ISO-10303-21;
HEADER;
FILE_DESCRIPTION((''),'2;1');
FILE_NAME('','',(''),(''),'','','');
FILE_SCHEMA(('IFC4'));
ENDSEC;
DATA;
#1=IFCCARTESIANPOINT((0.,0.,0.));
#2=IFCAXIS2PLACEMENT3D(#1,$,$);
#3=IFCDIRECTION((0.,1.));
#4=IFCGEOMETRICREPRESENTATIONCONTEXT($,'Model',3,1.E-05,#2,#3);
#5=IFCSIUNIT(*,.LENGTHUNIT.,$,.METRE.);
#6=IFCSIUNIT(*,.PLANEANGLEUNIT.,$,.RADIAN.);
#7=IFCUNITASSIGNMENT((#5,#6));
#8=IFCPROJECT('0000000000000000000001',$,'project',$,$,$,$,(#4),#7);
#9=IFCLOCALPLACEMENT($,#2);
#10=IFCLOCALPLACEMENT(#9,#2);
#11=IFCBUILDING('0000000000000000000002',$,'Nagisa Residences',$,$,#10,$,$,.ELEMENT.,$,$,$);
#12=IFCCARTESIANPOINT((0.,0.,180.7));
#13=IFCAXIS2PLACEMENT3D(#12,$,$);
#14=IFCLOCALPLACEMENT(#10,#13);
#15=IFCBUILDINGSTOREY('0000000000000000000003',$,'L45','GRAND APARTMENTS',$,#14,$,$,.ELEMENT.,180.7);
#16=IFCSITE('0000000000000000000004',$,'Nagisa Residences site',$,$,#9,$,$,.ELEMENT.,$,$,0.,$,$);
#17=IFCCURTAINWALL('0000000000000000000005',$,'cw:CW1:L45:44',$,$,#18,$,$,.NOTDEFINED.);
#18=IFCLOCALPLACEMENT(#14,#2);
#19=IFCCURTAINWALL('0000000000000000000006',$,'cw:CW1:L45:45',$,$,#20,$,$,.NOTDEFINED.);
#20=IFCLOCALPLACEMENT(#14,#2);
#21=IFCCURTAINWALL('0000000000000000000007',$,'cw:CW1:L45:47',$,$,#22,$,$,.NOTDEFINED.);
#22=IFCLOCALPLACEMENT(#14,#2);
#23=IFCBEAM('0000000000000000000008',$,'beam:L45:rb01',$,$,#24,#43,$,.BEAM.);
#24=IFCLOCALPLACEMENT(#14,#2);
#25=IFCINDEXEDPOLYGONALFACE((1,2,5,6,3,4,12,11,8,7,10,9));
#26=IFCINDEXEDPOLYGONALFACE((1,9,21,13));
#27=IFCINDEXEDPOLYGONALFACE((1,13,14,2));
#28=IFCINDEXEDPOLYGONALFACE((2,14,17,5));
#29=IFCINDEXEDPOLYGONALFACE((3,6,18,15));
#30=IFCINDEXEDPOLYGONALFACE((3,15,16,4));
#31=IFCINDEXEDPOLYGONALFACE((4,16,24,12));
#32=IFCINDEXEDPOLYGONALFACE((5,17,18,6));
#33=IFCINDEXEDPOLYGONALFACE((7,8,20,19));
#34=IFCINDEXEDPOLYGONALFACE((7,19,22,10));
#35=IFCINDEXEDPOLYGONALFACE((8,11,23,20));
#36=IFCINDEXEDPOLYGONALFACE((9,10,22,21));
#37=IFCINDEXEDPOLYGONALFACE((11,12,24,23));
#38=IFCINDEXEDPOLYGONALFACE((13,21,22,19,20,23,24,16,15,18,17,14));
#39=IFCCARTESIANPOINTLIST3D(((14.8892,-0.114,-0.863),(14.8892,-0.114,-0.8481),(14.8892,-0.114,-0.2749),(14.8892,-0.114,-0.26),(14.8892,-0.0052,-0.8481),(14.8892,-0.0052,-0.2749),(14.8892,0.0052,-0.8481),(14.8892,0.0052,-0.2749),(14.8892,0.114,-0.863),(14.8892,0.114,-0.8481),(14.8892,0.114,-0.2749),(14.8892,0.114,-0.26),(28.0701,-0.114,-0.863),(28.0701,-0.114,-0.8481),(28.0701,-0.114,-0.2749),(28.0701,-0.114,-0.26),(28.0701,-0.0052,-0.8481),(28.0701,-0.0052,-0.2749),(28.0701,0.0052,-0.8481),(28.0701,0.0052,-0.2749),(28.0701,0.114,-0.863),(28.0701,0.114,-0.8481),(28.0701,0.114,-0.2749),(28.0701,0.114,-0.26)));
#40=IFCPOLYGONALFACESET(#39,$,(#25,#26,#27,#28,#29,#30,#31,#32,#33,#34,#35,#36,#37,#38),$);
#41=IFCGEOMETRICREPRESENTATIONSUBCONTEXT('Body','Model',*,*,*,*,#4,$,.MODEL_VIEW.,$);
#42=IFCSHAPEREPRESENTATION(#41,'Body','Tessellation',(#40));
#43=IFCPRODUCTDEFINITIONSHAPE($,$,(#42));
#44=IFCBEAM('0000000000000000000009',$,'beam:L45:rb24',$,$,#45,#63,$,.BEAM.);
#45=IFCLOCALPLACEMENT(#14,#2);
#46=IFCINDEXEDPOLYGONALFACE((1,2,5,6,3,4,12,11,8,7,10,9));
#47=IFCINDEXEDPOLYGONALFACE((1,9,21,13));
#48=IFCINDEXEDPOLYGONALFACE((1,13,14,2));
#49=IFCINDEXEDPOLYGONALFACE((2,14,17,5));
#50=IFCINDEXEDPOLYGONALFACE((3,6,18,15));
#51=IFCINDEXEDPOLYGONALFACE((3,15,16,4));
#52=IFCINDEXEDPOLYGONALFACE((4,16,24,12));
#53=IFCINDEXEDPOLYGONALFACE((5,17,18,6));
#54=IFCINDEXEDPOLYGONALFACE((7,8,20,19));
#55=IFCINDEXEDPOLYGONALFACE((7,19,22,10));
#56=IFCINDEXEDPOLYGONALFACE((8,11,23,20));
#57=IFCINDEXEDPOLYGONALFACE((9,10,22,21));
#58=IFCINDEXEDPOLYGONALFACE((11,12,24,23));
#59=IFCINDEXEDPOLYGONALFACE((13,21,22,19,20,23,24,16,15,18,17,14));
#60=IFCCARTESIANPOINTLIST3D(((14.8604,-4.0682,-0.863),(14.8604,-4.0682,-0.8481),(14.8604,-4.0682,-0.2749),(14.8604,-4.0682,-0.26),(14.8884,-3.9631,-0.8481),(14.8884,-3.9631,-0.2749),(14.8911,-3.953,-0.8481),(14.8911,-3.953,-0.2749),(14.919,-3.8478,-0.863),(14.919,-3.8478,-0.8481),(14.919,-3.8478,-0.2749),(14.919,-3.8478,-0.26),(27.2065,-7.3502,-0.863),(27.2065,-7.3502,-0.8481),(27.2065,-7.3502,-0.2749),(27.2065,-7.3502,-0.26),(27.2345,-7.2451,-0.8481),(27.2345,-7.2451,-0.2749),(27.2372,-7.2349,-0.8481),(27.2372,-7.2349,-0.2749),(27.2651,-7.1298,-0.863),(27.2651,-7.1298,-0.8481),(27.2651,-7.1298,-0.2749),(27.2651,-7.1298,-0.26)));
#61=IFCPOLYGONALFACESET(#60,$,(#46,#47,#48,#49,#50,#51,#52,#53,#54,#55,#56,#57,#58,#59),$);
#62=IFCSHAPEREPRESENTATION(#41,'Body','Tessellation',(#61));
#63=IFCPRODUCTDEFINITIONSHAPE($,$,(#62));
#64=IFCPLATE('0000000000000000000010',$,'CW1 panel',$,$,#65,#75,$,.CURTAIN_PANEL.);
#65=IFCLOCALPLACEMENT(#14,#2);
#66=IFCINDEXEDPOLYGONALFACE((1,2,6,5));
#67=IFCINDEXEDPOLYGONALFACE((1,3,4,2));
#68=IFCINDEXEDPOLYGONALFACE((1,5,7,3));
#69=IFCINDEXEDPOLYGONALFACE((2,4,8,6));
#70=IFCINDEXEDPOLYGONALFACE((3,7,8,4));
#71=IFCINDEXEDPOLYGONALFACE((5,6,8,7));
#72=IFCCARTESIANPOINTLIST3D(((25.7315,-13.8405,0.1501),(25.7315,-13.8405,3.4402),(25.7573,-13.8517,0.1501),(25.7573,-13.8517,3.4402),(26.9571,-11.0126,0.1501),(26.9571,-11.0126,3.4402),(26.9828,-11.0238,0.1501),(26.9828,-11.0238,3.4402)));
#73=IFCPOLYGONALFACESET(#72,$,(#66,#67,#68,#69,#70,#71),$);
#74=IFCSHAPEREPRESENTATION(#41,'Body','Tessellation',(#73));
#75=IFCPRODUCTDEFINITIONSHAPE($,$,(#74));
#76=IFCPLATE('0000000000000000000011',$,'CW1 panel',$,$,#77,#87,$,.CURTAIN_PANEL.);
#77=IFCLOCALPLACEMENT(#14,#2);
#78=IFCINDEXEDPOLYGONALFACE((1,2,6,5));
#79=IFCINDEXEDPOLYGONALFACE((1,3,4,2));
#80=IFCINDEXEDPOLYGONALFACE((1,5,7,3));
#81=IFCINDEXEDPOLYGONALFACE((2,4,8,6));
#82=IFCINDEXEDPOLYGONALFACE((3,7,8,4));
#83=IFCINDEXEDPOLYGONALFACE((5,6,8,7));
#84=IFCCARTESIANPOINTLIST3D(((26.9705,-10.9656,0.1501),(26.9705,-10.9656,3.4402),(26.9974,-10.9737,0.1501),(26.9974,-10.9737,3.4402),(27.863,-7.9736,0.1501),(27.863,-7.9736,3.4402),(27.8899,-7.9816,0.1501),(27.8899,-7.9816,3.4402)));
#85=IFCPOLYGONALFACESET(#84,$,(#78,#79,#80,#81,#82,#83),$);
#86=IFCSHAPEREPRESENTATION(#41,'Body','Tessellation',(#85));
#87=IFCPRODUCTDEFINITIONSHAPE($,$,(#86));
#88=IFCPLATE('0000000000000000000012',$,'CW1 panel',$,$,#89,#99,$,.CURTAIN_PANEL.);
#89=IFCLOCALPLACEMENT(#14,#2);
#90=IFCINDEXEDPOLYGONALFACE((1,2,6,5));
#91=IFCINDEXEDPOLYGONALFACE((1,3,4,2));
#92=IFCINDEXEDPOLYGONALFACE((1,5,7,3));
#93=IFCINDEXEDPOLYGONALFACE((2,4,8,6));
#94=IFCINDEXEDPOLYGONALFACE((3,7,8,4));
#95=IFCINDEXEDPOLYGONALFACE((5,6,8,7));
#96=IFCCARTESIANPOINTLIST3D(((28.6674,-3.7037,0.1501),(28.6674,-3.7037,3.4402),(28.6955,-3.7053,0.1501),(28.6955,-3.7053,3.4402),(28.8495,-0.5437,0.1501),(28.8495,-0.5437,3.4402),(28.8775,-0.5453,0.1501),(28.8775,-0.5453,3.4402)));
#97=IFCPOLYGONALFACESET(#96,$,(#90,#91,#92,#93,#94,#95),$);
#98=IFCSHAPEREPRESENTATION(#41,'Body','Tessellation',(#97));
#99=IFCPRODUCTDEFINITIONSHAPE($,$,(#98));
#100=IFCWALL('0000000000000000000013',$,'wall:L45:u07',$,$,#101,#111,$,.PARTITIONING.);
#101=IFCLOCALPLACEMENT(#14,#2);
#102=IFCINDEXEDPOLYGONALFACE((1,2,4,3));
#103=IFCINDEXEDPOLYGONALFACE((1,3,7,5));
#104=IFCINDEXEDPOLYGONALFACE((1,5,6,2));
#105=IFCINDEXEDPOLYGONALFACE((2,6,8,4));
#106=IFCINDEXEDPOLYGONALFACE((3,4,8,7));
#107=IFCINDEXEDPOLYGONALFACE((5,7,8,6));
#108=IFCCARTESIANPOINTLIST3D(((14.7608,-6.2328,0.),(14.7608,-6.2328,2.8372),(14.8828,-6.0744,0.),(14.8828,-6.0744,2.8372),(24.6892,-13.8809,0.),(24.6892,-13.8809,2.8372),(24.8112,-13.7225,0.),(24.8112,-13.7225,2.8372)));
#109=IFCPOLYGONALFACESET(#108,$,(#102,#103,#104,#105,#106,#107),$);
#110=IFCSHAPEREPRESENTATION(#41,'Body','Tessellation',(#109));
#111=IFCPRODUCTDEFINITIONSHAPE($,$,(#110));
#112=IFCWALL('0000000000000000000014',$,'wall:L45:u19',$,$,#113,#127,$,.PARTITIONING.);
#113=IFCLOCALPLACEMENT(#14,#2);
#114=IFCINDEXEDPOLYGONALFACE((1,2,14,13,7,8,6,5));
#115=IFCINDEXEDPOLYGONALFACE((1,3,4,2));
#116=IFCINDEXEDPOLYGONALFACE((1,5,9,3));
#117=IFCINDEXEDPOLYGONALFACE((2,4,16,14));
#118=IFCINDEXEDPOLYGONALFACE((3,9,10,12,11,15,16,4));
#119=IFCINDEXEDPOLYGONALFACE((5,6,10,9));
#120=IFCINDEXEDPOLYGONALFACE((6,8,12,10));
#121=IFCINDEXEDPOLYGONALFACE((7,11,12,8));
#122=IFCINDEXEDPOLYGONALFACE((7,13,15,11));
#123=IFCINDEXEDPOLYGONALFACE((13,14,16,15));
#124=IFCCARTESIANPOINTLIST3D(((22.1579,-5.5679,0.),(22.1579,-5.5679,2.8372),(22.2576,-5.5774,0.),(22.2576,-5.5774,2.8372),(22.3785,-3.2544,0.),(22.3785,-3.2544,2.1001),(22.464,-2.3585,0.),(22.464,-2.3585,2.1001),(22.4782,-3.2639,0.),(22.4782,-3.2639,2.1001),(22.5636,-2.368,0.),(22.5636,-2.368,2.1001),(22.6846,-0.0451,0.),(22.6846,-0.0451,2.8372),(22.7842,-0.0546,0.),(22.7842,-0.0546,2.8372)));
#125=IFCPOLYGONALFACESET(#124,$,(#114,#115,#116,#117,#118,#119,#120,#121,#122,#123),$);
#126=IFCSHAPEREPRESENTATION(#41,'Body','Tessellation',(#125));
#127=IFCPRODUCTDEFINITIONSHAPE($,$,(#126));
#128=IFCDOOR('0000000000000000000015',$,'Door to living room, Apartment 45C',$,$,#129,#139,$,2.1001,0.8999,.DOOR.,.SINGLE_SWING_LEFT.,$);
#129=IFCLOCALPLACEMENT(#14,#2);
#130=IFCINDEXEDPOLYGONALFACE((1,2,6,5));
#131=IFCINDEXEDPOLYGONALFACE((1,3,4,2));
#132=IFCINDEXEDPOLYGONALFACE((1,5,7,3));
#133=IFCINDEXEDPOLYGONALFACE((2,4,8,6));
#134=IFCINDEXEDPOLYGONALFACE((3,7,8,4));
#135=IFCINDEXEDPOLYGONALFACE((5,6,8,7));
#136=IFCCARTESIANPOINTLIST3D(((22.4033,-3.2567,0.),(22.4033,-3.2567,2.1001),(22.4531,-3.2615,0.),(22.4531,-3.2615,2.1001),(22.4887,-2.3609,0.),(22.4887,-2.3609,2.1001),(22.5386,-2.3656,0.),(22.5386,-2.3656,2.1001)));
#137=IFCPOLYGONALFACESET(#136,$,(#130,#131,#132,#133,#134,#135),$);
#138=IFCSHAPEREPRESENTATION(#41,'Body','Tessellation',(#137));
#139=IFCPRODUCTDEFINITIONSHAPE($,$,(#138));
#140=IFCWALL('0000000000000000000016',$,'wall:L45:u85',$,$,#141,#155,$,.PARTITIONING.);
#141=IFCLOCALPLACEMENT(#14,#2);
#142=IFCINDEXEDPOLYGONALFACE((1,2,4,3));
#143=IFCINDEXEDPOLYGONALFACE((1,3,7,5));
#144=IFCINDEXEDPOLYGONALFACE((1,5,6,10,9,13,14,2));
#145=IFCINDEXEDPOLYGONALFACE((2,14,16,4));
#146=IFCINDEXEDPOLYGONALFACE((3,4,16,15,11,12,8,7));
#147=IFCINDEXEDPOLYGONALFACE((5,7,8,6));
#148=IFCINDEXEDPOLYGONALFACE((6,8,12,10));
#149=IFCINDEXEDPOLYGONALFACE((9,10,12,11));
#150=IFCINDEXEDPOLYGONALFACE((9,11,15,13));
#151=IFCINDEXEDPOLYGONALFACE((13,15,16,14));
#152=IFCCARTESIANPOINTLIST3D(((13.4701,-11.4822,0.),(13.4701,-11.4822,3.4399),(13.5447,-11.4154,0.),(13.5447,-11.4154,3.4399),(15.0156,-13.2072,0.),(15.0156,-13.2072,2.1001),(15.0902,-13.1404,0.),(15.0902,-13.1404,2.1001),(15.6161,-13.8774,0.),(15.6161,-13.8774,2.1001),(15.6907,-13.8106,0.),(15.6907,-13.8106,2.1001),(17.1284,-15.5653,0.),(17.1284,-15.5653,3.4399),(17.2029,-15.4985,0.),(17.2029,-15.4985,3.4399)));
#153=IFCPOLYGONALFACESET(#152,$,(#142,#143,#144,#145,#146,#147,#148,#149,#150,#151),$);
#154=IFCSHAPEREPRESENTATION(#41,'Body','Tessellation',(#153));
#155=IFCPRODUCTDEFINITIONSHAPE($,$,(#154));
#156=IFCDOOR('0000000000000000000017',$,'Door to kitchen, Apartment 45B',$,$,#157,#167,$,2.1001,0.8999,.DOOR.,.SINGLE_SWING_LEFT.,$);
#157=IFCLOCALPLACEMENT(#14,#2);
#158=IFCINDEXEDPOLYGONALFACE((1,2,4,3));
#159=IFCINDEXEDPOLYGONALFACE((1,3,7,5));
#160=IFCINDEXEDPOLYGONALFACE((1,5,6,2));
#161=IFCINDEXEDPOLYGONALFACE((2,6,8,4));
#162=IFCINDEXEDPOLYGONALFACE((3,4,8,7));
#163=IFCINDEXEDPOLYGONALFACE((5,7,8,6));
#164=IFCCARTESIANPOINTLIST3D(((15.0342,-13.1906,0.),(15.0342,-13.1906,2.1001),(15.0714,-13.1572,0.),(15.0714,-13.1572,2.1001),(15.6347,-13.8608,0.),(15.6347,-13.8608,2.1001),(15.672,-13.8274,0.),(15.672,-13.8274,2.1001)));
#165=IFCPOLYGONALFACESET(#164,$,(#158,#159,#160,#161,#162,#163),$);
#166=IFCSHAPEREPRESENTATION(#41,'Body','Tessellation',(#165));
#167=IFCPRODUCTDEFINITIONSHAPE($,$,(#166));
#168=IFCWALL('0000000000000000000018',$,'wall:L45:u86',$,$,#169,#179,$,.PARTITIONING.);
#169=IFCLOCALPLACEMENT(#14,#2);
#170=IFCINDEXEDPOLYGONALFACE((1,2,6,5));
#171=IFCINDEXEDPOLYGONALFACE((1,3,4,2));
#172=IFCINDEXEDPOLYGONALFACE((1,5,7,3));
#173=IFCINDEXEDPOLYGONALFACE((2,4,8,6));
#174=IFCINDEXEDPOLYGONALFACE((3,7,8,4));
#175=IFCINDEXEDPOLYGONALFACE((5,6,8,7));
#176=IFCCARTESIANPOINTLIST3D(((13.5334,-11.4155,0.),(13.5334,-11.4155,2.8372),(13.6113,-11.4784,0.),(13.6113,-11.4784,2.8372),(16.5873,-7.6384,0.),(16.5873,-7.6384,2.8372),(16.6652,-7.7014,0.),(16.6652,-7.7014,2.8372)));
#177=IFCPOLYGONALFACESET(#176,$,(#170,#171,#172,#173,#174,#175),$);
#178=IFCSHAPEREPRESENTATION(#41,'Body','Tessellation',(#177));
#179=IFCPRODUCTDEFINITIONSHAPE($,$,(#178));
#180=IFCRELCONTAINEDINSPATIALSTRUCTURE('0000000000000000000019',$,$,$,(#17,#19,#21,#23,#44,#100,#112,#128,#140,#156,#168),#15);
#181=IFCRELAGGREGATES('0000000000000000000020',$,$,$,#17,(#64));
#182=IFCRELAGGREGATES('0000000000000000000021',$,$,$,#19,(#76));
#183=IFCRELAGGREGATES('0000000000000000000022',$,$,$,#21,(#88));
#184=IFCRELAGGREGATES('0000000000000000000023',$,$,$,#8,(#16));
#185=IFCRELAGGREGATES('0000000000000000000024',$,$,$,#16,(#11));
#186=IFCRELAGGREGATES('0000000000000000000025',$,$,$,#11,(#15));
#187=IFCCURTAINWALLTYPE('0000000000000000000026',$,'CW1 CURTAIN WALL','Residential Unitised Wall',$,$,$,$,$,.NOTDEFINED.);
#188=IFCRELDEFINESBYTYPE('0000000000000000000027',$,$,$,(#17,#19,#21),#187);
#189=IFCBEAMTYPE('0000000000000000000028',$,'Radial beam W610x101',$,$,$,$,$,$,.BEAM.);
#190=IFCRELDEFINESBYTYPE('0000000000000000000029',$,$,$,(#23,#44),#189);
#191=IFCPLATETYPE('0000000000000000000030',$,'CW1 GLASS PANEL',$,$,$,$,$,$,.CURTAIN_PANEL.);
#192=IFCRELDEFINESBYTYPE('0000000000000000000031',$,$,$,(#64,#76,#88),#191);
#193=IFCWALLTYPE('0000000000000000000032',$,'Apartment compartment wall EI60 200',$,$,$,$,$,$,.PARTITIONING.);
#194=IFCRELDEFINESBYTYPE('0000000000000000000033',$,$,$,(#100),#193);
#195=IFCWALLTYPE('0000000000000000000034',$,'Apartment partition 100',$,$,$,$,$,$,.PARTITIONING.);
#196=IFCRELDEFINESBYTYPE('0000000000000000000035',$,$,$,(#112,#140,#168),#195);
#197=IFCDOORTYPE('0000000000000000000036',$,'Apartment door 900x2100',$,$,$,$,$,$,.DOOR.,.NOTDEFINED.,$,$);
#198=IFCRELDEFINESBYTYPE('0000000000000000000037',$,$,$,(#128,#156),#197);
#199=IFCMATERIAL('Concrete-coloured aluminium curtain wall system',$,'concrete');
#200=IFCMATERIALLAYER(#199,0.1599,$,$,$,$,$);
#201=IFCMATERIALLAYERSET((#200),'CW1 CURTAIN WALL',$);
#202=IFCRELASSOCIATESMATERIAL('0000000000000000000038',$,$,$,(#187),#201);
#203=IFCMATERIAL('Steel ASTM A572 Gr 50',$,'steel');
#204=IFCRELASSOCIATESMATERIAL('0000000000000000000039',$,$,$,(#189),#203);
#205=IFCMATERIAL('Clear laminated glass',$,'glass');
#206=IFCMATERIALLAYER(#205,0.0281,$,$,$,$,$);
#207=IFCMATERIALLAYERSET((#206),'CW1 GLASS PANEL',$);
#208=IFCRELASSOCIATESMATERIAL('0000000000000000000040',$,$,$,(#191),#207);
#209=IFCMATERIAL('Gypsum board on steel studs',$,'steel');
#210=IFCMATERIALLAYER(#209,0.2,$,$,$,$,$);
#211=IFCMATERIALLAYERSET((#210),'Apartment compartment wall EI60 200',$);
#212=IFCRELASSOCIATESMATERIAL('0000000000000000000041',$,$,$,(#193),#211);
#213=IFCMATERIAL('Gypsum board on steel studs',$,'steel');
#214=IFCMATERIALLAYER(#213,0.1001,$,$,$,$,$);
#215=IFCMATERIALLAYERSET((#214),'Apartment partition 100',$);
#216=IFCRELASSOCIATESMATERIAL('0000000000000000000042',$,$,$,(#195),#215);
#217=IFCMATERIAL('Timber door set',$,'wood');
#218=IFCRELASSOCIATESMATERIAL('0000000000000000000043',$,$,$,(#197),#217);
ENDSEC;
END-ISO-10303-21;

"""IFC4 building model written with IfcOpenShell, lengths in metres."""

from ifc_helpers import new_model, si_unit, direction, frame, frame_2d, origin, origin_2d, place, context, subcontext, project, spatial, rectangle, i_section, extrude, material, layer, layer_set, material_profile, profile_set, type_object, element, fill, aggregate, save


model = new_model("IFC4")

# Units and contexts
model_context = context("Model", 3, precision=1e-05, world=origin(), true_north=direction((0.0, 1.0)))
body_context = subcontext(model_context, "Body", "Model", "MODEL_VIEW")
ifc_project = project(units=[si_unit("LENGTHUNIT", "METRE"), si_unit("PLANEANGLEUNIT", "RADIAN")], contexts=[model_context])

# Site, building, storey
site_placement = place(None, origin())
site = spatial("IfcSite", under=ifc_project, at=site_placement, Name="Nagisa Residences site", CompositionType="ELEMENT", RefElevation=0.0)
building_placement = place(site_placement, origin())
building = spatial("IfcBuilding", under=site, at=building_placement, Name="Nagisa Residences", CompositionType="ELEMENT")
storey_placement = place(building_placement, frame((0.0, 0.0, 180.7)))
storey = spatial("IfcBuildingStorey", under=building, at=storey_placement, Name="L45", Description="GRAND APARTMENTS", CompositionType="ELEMENT", Elevation=180.7)

# Curtain walls
ifc_material_1 = material(Name="Concrete-coloured aluminium curtain wall system", Category="concrete")
ifc_layer_1 = layer(ifc_material_1, 0.1599)
ifc_layer_set_1 = layer_set([ifc_layer_1], Name="CW1 CURTAIN WALL")
curtain_wall_type = type_object("IfcCurtainWallType", Name="CW1 CURTAIN WALL", Description="Residential Unitised Wall", PredefinedType="NOTDEFINED", material=ifc_layer_set_1)
curtain_wall_1_placement = place(storey_placement, origin())
curtain_wall_1 = element("IfcCurtainWall", 1, at=curtain_wall_1_placement, inside=storey, type_object=curtain_wall_type, Name="cw:CW1:L45:44", PredefinedType="NOTDEFINED")
curtain_wall_2_placement = place(storey_placement, origin())
curtain_wall_2 = element("IfcCurtainWall", 2, at=curtain_wall_2_placement, inside=storey, type_object=curtain_wall_type, Name="cw:CW1:L45:45", PredefinedType="NOTDEFINED")
curtain_wall_3_placement = place(storey_placement, origin())
curtain_wall_3 = element("IfcCurtainWall", 3, at=curtain_wall_3_placement, inside=storey, type_object=curtain_wall_type, Name="cw:CW1:L45:47", PredefinedType="NOTDEFINED")

# Beams
ifc_material_2 = material(Name="Steel ASTM A572 Gr 50", Category="steel")
ifc_material_profile_1 = material_profile(ifc_material_2, i_section(OverallWidth=0.228, OverallDepth=0.603, WebThickness=0.0105, FlangeThickness=0.0149, at=origin_2d()), Name="W610x101")
ifc_profile_set_1 = profile_set([ifc_material_profile_1], Name="Steel ASTM A572 Gr 50")
beam_type_1 = type_object("IfcBeamType", Name="Radial beam W610x101", PredefinedType="BEAM", material=ifc_profile_set_1)
beam_1_placement = place(storey_placement, frame((28.0701, 0.0, -0.5615), z_axis=(-1.0, 0.0, 0.0), x_axis=(0.0, -1.0, 0.0)))
element("IfcBeam", 4, at=beam_1_placement, inside=storey, type_object=beam_type_1, Name="beam:L45:rb01", PredefinedType="BEAM", context=body_context, shape_type="SweptSolid", body=[
    extrude(i_section(OverallWidth=0.228, OverallDepth=0.603, WebThickness=0.0105, FlangeThickness=0.0149, at=origin_2d()), origin(), (0.0, 0.0, 1.0), 13.1809),
])
beam_2_placement = place(storey_placement, frame((27.2358, -7.24, -0.5615), z_axis=(-0.966436, 0.256907, 0.0), x_axis=(-0.256907, -0.966436, 0.0)))
element("IfcBeam", 5, at=beam_2_placement, inside=storey, type_object=beam_type_1, Name="beam:L45:rb24", PredefinedType="BEAM", context=body_context, shape_type="SweptSolid", body=[
    extrude(i_section(OverallWidth=0.228, OverallDepth=0.603, WebThickness=0.0105, FlangeThickness=0.0149, at=origin_2d()), origin(), (0.0, 0.0, 1.0), 12.7749),
])

# Plates
ifc_material_3 = material(Name="Clear laminated glass", Category="glass")
ifc_layer_2 = layer(ifc_material_3, 0.0281)
ifc_layer_set_2 = layer_set([ifc_layer_2], Name="CW1 GLASS PANEL")
plate_type = type_object("IfcPlateType", Name="CW1 GLASS PANEL", PredefinedType="CURTAIN_PANEL", material=ifc_layer_set_2)
plate_1_placement = place(storey_placement, frame((26.3572, -12.4321, 0.1501), z_axis=(0.0, 0.0, 1.0), x_axis=(0.397636, 0.917543, 0.0)))
plate_1 = element("IfcPlate", 6, at=plate_1_placement, type_object=plate_type, Name="CW1 panel", PredefinedType="CURTAIN_PANEL", context=body_context, shape_type="SweptSolid", body=[
    extrude(rectangle(XDim=3.082, YDim=0.0281, at=origin_2d()), origin(), (0.0, 0.0, 1.0), 3.29),
])
aggregate(curtain_wall_1, [plate_1])
plate_2_placement = place(storey_placement, frame((27.4302, -9.4736, 0.1501), z_axis=(0.0, 0.0, 1.0), x_axis=(0.28586, 0.958271, 0.0)))
plate_2 = element("IfcPlate", 7, at=plate_2_placement, type_object=plate_type, Name="CW1 panel", PredefinedType="CURTAIN_PANEL", context=body_context, shape_type="SweptSolid", body=[
    extrude(rectangle(XDim=3.1223, YDim=0.0281, at=origin_2d()), origin(), (0.0, 0.0, 1.0), 3.29),
])
aggregate(curtain_wall_2, [plate_2])
plate_3_placement = place(storey_placement, frame((28.7725, -2.1245, 0.1501), z_axis=(0.0, 0.0, 1.0), x_axis=(0.057503, 0.998345, 0.0)))
plate_3 = element("IfcPlate", 8, at=plate_3_placement, type_object=plate_type, Name="CW1 panel", PredefinedType="CURTAIN_PANEL", context=body_context, shape_type="SweptSolid", body=[
    extrude(rectangle(XDim=3.1653, YDim=0.0281, at=origin_2d()), origin(), (0.0, 0.0, 1.0), 3.29),
])
aggregate(curtain_wall_3, [plate_3])

# Wall
ifc_material_4 = material(Name="Gypsum board on steel studs", Category="steel")
ifc_layer_3 = layer(ifc_material_4, 0.2)
ifc_layer_set_3 = layer_set([ifc_layer_3], Name="Apartment compartment wall EI60 200")
wall_type_1 = type_object("IfcWallType", Name="Apartment compartment wall EI60 200", PredefinedType="PARTITIONING", material=ifc_layer_set_3)
wall_1_placement = place(storey_placement, frame((14.8218, -6.1536, 0.0), z_axis=(0.0, 0.0, 1.0), x_axis=(0.792203, -0.610258, 0.0)))
element("IfcWall", 9, at=wall_1_placement, inside=storey, type_object=wall_type_1, Name="wall:L45:u07", PredefinedType="PARTITIONING", context=body_context, shape_type="SweptSolid", body=[
    extrude(rectangle(XDim=12.5327, YDim=0.2, at=frame_2d((6.2664, 0.0))), origin(), (0.0, 0.0, 1.0), 2.8372),
])

# Walls, openings, doors
ifc_material_5 = material(Name="Gypsum board on steel studs", Category="steel")
ifc_layer_4 = layer(ifc_material_5, 0.1001)
ifc_layer_set_4 = layer_set([ifc_layer_4], Name="Apartment partition 100")
wall_type_2 = type_object("IfcWallType", Name="Apartment partition 100", PredefinedType="PARTITIONING", material=ifc_layer_set_4)
wall_2_placement = place(storey_placement, frame((22.7344, -0.0498, 0.0), z_axis=(0.0, 0.0, 1.0), x_axis=(-0.094923, -0.995485, 0.0)))
wall_2 = element("IfcWall", 10, at=wall_2_placement, inside=storey, type_object=wall_type_2, Name="wall:L45:u19", PredefinedType="PARTITIONING", context=body_context, shape_type="SweptSolid", body=[
    extrude(rectangle(XDim=5.5479, YDim=0.1001, at=frame_2d((2.7739, 0.0))), origin(), (0.0, 0.0, 1.0), 2.8372),
])
opening_1_placement = place(wall_2_placement, frame((2.324, 0.0, 0.0)))
opening_1 = element("IfcOpeningElement", 11, at=opening_1_placement, cuts=wall_2, PredefinedType="OPENING", context=body_context, shape_type="SweptSolid", body=[
    extrude(rectangle(XDim=0.8999, YDim=2.1001, at=frame_2d((0.45, 1.05))), frame((0.0, 0.0601, 0.0), z_axis=(0.0, -1.0, 0.0), x_axis=(1.0, 0.0, 0.0)), (0.0, 0.0, 1.0), 0.1201),
])
ifc_material_6 = material(Name="Timber door set", Category="wood")
door_type_1 = type_object("IfcDoorType", Name="Apartment door 900x2100", OperationType="NOTDEFINED", PredefinedType="DOOR", material=ifc_material_6)
door_1_placement = place(opening_1_placement, origin())
door_1 = element("IfcDoor", 12, at=door_1_placement, inside=storey, type_object=door_type_1, Name="Door to living room, Apartment 45C", OperationType="SINGLE_SWING_LEFT", OverallHeight=2.1001, OverallWidth=0.8999, PredefinedType="DOOR", context=body_context, shape_type="SweptSolid", body=[
    extrude(rectangle(XDim=0.8999, YDim=2.1001, at=frame_2d((0.45, 1.05))), frame((0.0, 0.0249, 0.0), z_axis=(0.0, -1.0, 0.0), x_axis=(1.0, 0.0, 0.0)), (0.0, 0.0, 1.0), 0.05),
])
fill(opening_1, door_1)
wall_3_placement = place(storey_placement, frame((13.5073, -11.4487, 0.0), z_axis=(0.0, 0.0, 1.0), x_axis=(0.6673, -0.744789, 0.0)))
wall_3 = element("IfcWall", 13, at=wall_3_placement, inside=storey, type_object=wall_type_2, Name="wall:L45:u85", PredefinedType="PARTITIONING", context=body_context, shape_type="SweptSolid", body=[
    extrude(rectangle(XDim=5.4822, YDim=0.1001, at=frame_2d((2.7412, 0.0))), origin(), (0.0, 0.0, 1.0), 3.4399),
])
opening_2_placement = place(wall_3_placement, frame((2.3162, 0.0, 0.0)))
opening_2 = element("IfcOpeningElement", 14, at=opening_2_placement, cuts=wall_3, PredefinedType="OPENING", context=body_context, shape_type="SweptSolid", body=[
    extrude(rectangle(XDim=0.8999, YDim=2.1001, at=frame_2d((0.45, 1.05))), frame((0.0, 0.0601, 0.0), z_axis=(0.0, -1.0, 0.0), x_axis=(1.0, 0.0, 0.0)), (0.0, 0.0, 1.0), 0.1201),
])
door_2_placement = place(opening_2_placement, origin())
door_2 = element("IfcDoor", 15, at=door_2_placement, inside=storey, type_object=door_type_1, Name="Door to kitchen, Apartment 45B", OperationType="SINGLE_SWING_LEFT", OverallHeight=2.1001, OverallWidth=0.8999, PredefinedType="DOOR", context=body_context, shape_type="SweptSolid", body=[
    extrude(rectangle(XDim=0.8999, YDim=2.1001, at=frame_2d((0.45, 1.05))), frame((0.0, 0.0249, 0.0), z_axis=(0.0, -1.0, 0.0), x_axis=(1.0, 0.0, 0.0)), (0.0, 0.0, 1.0), 0.05),
])
fill(opening_2, door_2)

# Wall
wall_4_placement = place(storey_placement, frame((13.5723, -11.447, 0.0), z_axis=(0.0, 0.0, 1.0), x_axis=(0.628738, 0.777617, 0.0)))
element("IfcWall", 16, at=wall_4_placement, inside=storey, type_object=wall_type_2, Name="wall:L45:u86", PredefinedType="PARTITIONING", context=body_context, shape_type="SweptSolid", body=[
    extrude(rectangle(XDim=4.8572, YDim=0.1001, at=frame_2d((2.4287, 0.0))), origin(), (0.0, 0.0, 1.0), 2.8372),
])

save(model, "model.ifc")
